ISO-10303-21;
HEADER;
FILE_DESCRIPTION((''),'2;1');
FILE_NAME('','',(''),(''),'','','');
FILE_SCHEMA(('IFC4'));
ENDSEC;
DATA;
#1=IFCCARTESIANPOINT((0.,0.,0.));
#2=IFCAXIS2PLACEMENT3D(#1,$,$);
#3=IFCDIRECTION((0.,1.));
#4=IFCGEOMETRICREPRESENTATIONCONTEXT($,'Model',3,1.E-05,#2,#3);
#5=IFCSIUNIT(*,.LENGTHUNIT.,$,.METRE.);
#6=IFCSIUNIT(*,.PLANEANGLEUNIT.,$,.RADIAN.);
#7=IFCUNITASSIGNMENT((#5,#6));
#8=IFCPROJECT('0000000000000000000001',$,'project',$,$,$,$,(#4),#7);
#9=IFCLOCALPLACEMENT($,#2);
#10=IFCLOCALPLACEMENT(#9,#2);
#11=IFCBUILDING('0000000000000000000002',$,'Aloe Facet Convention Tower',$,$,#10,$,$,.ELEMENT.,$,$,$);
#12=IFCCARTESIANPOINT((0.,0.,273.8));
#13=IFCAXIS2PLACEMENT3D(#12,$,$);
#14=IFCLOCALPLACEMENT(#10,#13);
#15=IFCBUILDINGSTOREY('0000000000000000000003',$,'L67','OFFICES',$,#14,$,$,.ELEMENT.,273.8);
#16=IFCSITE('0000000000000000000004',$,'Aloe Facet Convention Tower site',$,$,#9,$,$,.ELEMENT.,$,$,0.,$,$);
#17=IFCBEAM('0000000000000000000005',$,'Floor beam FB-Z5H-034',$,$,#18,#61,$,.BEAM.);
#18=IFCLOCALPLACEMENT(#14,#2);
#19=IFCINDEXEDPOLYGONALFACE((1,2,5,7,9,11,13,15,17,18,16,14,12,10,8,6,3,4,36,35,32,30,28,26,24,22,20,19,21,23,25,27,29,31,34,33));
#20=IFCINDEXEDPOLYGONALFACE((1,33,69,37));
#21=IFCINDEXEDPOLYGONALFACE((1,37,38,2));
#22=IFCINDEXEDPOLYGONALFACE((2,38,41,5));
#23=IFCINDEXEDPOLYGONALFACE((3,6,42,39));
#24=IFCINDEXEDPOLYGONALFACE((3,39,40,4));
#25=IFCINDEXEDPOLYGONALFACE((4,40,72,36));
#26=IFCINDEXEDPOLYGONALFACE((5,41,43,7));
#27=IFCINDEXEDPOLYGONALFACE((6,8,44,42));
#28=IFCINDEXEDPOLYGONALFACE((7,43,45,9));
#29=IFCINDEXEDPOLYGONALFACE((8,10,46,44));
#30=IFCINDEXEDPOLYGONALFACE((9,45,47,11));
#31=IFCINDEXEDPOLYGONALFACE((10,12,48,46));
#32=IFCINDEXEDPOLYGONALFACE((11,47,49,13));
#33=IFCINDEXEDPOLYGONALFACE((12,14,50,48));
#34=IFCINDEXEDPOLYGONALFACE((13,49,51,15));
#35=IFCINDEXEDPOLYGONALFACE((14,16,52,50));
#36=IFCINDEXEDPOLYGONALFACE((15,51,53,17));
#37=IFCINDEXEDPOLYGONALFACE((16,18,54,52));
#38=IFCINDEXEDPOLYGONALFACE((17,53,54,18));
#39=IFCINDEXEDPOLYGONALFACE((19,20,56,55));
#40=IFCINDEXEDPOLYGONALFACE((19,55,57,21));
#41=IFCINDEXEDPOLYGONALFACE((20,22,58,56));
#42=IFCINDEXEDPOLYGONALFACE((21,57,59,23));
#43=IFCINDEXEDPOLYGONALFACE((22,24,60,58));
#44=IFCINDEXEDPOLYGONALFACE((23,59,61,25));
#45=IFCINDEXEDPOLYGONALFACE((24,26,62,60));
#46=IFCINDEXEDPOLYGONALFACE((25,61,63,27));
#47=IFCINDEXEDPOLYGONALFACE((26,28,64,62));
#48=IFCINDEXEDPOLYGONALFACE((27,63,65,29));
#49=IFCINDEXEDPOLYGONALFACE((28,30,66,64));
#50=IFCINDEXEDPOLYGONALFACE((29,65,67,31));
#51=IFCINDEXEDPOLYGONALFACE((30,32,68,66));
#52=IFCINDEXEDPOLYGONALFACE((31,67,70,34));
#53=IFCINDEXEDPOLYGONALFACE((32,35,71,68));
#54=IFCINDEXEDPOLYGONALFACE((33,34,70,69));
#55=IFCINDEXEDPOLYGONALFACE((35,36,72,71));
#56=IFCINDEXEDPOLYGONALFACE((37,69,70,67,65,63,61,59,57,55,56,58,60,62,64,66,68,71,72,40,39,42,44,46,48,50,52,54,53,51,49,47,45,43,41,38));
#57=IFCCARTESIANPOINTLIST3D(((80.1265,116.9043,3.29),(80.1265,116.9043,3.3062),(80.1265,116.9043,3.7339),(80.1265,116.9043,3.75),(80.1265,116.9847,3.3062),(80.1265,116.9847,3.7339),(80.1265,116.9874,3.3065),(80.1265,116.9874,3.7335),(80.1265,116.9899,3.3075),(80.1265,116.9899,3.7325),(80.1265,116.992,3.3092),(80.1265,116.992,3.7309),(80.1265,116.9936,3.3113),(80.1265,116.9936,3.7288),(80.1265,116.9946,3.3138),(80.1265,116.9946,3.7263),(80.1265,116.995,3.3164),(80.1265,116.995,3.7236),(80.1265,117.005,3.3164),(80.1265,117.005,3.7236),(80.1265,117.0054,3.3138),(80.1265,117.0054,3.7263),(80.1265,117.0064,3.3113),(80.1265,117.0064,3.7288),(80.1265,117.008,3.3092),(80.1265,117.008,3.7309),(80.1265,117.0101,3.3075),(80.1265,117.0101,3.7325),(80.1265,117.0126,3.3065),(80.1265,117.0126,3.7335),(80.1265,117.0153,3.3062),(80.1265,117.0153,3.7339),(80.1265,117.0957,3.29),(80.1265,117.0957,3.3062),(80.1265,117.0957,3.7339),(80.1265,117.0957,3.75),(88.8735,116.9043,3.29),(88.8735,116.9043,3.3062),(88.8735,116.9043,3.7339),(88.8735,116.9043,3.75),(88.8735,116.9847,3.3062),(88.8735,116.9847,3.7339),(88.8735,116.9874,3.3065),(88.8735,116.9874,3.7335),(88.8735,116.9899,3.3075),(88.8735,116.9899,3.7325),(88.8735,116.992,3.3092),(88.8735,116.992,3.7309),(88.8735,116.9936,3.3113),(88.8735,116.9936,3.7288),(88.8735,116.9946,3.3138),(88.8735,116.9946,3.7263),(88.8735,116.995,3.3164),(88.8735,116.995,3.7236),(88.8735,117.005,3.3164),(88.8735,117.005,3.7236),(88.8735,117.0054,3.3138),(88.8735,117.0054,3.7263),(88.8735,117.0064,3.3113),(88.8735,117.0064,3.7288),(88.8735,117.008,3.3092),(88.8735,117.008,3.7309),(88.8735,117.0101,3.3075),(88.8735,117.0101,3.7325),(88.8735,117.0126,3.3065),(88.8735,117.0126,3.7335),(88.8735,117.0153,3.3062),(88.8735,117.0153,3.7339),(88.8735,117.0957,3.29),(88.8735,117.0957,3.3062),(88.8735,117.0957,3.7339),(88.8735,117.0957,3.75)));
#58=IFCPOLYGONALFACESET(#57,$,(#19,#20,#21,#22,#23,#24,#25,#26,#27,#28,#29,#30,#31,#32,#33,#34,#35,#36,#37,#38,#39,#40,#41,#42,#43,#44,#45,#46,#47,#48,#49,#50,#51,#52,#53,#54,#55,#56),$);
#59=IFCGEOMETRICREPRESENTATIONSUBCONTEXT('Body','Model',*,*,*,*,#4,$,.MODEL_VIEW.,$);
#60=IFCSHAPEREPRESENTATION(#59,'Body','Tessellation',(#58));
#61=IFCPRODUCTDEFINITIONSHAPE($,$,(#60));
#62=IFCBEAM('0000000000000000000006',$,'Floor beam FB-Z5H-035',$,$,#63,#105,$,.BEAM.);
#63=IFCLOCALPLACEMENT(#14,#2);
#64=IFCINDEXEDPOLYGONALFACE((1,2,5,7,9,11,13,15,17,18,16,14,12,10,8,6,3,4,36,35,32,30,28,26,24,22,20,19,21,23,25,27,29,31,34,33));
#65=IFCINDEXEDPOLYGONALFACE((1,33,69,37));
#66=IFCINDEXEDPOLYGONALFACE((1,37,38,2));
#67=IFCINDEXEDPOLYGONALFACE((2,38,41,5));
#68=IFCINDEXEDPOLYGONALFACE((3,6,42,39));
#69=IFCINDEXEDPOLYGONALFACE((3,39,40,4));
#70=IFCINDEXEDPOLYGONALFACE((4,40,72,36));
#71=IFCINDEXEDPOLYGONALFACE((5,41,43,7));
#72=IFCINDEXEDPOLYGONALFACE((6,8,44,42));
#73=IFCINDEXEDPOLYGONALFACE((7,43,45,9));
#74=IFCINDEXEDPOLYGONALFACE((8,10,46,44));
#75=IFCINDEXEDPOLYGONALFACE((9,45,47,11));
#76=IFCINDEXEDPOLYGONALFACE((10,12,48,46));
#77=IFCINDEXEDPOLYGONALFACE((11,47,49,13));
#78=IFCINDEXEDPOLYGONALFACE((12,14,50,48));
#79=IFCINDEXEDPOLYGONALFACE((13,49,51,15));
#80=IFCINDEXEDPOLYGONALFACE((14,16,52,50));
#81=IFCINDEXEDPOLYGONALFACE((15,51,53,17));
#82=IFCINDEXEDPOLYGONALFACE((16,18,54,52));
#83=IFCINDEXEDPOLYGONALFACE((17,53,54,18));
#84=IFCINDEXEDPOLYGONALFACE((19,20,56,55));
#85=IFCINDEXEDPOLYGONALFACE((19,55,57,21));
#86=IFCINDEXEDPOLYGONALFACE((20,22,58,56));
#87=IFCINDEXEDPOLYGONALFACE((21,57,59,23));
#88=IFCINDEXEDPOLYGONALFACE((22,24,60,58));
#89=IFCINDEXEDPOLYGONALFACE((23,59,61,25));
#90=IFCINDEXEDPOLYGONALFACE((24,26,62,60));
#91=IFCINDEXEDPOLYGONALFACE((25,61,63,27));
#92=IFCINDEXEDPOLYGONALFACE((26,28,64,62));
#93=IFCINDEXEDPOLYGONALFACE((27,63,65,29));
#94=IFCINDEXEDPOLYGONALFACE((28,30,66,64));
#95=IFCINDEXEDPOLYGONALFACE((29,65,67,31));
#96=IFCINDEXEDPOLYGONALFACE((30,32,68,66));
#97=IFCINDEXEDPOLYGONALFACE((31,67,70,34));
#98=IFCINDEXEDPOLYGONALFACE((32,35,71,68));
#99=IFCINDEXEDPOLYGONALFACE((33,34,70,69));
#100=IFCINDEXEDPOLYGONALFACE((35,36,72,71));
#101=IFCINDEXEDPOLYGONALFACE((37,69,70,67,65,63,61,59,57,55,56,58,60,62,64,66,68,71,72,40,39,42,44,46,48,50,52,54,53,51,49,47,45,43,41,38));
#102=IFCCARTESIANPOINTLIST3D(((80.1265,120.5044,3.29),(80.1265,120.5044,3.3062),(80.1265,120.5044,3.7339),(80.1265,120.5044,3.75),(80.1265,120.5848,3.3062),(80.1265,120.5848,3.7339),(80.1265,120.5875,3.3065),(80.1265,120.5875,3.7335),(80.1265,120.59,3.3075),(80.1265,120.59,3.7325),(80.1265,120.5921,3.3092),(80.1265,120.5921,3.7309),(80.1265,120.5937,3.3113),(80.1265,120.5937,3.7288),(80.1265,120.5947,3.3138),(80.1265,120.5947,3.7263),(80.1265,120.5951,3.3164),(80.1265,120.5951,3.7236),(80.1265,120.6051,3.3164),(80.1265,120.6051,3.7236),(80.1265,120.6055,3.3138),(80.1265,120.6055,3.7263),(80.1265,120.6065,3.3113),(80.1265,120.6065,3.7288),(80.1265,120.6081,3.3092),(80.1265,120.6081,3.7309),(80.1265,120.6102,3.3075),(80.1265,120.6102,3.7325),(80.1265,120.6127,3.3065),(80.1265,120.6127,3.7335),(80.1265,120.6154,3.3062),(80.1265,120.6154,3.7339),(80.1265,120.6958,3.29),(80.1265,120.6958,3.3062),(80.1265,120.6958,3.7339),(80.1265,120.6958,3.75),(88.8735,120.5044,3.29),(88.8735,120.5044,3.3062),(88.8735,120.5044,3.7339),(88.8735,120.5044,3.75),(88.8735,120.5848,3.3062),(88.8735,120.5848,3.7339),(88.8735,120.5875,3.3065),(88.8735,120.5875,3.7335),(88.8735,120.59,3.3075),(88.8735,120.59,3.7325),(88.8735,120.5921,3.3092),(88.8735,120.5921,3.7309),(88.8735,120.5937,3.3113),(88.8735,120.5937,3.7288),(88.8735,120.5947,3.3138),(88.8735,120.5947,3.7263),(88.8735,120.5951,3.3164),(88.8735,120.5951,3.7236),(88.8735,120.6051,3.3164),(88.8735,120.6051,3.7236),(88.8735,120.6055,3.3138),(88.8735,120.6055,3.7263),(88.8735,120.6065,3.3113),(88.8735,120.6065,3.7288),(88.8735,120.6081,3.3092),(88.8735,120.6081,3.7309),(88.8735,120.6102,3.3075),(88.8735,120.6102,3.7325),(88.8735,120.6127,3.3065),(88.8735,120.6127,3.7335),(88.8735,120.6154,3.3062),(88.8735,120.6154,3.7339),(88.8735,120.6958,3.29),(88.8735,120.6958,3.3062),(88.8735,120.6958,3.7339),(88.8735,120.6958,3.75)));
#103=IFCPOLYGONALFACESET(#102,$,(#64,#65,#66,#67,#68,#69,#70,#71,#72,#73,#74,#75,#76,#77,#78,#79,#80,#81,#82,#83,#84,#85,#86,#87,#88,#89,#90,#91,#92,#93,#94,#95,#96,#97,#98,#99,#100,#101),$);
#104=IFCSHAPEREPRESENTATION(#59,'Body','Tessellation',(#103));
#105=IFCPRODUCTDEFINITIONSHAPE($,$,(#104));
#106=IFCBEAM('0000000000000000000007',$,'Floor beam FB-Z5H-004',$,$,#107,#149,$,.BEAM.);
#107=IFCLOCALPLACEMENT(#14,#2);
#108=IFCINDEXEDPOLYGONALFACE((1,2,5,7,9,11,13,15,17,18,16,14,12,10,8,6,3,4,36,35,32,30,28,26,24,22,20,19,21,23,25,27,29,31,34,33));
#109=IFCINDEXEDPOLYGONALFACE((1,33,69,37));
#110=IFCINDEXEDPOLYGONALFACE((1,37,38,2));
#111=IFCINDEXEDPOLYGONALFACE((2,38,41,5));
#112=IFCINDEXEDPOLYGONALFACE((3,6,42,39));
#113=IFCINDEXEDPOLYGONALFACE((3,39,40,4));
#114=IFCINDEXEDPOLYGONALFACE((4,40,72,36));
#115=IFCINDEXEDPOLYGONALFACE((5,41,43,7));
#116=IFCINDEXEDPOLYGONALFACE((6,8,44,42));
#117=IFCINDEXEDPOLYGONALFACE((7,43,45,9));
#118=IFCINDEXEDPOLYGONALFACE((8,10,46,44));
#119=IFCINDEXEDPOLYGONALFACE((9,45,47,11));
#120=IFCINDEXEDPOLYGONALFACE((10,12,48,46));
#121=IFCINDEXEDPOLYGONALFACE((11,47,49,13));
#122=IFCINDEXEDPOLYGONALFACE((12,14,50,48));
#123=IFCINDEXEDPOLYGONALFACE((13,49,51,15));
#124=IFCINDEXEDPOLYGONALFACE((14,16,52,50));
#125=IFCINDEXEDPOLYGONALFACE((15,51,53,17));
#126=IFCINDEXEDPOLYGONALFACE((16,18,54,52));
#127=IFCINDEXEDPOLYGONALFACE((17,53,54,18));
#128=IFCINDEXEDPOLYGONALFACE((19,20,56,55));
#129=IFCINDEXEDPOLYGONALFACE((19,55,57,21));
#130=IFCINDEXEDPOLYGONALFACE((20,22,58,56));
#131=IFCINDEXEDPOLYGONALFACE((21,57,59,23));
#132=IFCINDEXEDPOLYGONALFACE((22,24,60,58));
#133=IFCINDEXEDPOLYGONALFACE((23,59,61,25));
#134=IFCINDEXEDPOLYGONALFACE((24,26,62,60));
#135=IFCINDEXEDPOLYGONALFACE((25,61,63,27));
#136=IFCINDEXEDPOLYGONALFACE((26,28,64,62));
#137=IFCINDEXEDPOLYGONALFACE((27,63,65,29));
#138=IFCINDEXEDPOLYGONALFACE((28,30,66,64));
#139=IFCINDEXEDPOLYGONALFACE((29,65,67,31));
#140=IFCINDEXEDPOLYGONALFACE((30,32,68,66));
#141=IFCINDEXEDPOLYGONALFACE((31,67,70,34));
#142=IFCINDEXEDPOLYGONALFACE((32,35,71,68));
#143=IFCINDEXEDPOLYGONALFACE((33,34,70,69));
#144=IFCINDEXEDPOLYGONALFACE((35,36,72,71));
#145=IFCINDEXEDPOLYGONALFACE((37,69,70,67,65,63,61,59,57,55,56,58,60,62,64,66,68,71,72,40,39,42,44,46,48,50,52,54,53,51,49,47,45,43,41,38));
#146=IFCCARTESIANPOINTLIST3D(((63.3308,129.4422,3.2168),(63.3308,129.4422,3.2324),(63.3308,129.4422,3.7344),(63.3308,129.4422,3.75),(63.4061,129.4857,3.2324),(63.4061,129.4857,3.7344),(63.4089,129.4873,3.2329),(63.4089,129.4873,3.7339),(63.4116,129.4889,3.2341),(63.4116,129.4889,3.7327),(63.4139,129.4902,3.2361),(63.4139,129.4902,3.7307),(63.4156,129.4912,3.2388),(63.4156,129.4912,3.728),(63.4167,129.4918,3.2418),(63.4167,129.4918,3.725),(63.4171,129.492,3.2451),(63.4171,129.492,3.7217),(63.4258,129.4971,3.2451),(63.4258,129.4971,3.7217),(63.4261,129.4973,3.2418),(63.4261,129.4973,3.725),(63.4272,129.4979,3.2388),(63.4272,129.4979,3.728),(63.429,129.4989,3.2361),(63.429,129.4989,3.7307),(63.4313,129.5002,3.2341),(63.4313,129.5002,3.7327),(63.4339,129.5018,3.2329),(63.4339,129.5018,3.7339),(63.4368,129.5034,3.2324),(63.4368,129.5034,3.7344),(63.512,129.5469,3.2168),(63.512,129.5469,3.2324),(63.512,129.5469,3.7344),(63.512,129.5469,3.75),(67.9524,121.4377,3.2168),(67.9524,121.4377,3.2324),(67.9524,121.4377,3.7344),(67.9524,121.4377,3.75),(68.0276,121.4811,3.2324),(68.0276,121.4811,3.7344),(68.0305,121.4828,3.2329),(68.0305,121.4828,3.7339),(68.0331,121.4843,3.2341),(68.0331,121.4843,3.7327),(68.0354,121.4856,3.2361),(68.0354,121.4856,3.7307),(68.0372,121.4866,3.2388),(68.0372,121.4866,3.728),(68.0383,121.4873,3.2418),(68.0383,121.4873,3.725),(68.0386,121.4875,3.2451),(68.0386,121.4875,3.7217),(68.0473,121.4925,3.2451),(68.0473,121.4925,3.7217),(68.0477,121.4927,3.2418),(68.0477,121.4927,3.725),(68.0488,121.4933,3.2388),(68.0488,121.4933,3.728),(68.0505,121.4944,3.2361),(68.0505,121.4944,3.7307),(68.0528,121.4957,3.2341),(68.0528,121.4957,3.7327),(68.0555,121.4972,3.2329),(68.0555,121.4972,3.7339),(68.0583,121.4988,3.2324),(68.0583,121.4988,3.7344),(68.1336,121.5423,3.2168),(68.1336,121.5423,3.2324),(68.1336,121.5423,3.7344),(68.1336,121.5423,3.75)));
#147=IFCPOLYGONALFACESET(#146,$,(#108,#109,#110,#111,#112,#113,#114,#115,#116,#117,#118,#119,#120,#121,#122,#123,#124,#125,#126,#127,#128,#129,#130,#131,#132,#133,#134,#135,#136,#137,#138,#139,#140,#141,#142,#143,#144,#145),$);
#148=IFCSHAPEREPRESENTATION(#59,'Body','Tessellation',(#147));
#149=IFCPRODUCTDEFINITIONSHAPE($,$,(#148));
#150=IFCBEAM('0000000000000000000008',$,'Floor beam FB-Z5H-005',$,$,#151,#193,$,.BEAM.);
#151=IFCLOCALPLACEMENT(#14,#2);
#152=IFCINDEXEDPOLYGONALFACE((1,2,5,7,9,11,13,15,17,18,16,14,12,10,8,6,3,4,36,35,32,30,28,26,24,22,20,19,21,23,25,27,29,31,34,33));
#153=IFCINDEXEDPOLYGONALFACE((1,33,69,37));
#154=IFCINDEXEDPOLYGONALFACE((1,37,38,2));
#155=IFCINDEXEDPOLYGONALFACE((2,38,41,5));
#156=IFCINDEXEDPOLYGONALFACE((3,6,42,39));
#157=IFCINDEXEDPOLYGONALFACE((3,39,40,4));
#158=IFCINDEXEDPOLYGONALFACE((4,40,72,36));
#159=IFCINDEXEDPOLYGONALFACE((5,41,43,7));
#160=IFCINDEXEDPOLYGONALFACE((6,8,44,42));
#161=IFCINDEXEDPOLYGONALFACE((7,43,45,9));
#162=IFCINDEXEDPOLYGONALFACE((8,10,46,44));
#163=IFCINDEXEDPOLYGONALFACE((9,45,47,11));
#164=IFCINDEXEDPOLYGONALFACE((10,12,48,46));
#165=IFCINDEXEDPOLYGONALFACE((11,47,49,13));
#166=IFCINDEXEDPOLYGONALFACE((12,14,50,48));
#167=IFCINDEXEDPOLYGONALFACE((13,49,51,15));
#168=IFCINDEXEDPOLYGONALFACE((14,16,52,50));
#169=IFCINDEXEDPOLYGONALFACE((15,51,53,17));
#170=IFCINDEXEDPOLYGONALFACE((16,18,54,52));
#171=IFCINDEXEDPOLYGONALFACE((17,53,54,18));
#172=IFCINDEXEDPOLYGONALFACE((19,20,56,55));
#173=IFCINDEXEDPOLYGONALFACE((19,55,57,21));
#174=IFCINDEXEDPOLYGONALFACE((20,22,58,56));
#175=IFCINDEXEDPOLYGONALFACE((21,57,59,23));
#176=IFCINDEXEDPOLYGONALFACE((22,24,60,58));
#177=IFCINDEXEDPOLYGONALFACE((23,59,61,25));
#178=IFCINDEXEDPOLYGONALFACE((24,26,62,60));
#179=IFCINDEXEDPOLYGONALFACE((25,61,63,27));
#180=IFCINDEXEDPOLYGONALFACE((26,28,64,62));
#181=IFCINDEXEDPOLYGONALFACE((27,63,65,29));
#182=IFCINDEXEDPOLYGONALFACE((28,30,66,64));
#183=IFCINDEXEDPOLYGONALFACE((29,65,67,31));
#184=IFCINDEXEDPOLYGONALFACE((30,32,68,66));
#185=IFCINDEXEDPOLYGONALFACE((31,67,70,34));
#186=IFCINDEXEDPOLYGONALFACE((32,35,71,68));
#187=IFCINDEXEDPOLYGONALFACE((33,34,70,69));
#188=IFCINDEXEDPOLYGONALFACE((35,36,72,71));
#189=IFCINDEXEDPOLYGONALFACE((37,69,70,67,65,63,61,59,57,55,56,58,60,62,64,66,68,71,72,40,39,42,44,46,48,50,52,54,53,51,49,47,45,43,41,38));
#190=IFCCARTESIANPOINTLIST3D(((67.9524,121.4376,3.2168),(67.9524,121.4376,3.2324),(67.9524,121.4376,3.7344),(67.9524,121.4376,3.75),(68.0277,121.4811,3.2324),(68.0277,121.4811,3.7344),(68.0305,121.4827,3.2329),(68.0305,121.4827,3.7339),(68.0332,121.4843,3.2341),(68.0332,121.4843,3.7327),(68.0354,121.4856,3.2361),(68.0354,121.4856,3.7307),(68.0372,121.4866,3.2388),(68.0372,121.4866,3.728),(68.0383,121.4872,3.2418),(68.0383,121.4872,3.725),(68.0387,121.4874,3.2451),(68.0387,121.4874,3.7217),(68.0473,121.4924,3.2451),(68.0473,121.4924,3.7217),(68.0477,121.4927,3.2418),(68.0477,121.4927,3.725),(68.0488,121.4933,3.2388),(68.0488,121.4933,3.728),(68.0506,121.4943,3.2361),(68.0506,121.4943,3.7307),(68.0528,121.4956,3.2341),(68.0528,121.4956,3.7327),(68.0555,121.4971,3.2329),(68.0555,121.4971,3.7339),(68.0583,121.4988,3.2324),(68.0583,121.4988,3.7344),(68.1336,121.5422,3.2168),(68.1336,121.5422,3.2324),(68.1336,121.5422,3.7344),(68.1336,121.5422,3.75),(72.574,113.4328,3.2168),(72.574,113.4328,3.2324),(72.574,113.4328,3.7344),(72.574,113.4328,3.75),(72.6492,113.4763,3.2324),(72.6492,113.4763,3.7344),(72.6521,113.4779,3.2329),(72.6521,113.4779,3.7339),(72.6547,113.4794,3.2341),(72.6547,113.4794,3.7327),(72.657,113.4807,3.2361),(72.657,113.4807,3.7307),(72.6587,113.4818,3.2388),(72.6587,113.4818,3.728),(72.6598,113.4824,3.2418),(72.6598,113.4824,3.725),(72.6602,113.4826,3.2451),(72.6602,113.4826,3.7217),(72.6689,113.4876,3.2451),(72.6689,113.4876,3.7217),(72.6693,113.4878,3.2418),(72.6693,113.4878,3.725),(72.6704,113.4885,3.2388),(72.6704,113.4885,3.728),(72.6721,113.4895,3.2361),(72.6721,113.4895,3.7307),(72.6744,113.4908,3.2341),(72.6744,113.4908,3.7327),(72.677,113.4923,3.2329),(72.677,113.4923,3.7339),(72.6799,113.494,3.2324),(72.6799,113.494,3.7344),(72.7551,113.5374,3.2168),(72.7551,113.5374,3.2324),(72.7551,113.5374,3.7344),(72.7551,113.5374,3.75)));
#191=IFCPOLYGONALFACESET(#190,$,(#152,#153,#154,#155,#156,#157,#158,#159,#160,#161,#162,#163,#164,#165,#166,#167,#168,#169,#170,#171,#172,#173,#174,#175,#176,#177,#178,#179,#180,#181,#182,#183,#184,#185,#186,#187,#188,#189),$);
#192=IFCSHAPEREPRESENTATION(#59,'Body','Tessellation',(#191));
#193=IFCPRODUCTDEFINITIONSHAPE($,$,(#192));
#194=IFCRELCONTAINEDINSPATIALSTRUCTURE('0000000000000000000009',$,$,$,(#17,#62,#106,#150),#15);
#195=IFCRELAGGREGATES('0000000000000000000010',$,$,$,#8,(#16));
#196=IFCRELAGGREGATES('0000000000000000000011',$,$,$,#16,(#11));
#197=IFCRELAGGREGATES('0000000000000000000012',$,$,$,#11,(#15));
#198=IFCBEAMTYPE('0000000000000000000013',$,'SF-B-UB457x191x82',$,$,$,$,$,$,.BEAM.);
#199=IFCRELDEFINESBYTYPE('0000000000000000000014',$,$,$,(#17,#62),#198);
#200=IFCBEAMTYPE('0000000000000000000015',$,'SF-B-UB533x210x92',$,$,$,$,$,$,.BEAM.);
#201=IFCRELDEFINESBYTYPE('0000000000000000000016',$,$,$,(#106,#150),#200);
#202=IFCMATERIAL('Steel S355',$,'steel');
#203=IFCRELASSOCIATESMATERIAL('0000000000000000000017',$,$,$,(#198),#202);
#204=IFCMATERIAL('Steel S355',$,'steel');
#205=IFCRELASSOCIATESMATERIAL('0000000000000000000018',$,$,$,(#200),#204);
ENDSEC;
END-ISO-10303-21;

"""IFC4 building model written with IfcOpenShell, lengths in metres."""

from ifc_helpers import new_model, si_unit, direction, frame, origin, origin_2d, place, context, subcontext, project, spatial, i_section, extrude, material, material_profile, profile_set, type_object, element, save


model = new_model("IFC4")

# Units and contexts
model_context = context("Model", 3, precision=1e-05, world=origin(), true_north=direction((0.0, 1.0)))
body_context = subcontext(model_context, "Body", "Model", "MODEL_VIEW")
ifc_project = project(units=[si_unit("LENGTHUNIT", "METRE"), si_unit("PLANEANGLEUNIT", "RADIAN")], contexts=[model_context])

# Site, building, storey
site_placement = place(None, origin())
site = spatial("IfcSite", under=ifc_project, at=site_placement, Name="Aloe Facet Convention Tower site", CompositionType="ELEMENT", RefElevation=0.0)
building_placement = place(site_placement, origin())
building = spatial("IfcBuilding", under=site, at=building_placement, Name="Aloe Facet Convention Tower", CompositionType="ELEMENT")
storey_placement = place(building_placement, frame((0.0, 0.0, 273.8)))
storey = spatial("IfcBuildingStorey", under=building, at=storey_placement, Name="L67", Description="OFFICES", CompositionType="ELEMENT", Elevation=273.8)

# Beams
ifc_material_1 = material(Name="Steel S355", Category="steel")
ifc_material_profile_1 = material_profile(ifc_material_1, i_section(OverallWidth=0.1914, OverallDepth=0.46, WebThickness=0.01, FlangeThickness=0.0161, FilletRadius=0.0103, at=origin_2d()), Name="UB 457x191x82")
ifc_profile_set_1 = profile_set([ifc_material_profile_1], Name="Steel S355")
beam_type_1 = type_object("IfcBeamType", Name="SF-B-UB457x191x82", PredefinedType="BEAM", material=ifc_profile_set_1)
for number, where, z_axis, x_axis, name in (
    (1, (80.1265, 117.0, 3.52), (1.0, 0.0, 0.0), (0.0, 1.0, 0.0), "Floor beam FB-Z5H-034"),
    (2, (80.1265, 120.6001, 3.52), (1.0, 0.0, 0.0), (0.0, 1.0, 0.0), "Floor beam FB-Z5H-035"),
):
    element("IfcBeam", number, at=place(storey_placement, frame(where, z_axis=z_axis, x_axis=x_axis)), inside=storey, type_object=beam_type_1, Name=name, PredefinedType="BEAM", context=body_context, shape_type="SweptSolid", body=[
        extrude(i_section(OverallWidth=0.1914, OverallDepth=0.46, WebThickness=0.01, FlangeThickness=0.0161, FilletRadius=0.0103, at=origin_2d()), origin(), (0.0, 0.0, 1.0), 8.7471),
    ])
ifc_material_2 = material(Name="Steel S355", Category="steel")
ifc_material_profile_2 = material_profile(ifc_material_2, i_section(OverallWidth=0.2092, OverallDepth=0.5332, WebThickness=0.01, FlangeThickness=0.0156, FilletRadius=0.0127, at=origin_2d()), Name="UB 533x210x92")
ifc_profile_set_2 = profile_set([ifc_material_profile_2], Name="Steel S355")
beam_type_2 = type_object("IfcBeamType", Name="SF-B-UB533x210x92", PredefinedType="BEAM", material=ifc_profile_set_2)
beam_1_placement = place(storey_placement, frame((68.043, 121.49, 3.4834), z_axis=(-0.500008, 0.866021, 0.0), x_axis=(-0.866021, -0.500008, 0.0)))
element("IfcBeam", 3, at=beam_1_placement, inside=storey, type_object=beam_type_2, Name="Floor beam FB-Z5H-004", PredefinedType="BEAM", context=body_context, shape_type="SweptSolid", body=[
    extrude(i_section(OverallWidth=0.2092, OverallDepth=0.5332, WebThickness=0.01, FlangeThickness=0.0156, FilletRadius=0.0127, at=origin_2d()), origin(), (0.0, 0.0, 1.0), 9.2429),
])
beam_2_placement = place(storey_placement, frame((72.6646, 113.4851, 3.4834), z_axis=(-0.499997, 0.866027, 0.0), x_axis=(-0.866027, -0.499997, 0.0)))
element("IfcBeam", 4, at=beam_2_placement, inside=storey, type_object=beam_type_2, Name="Floor beam FB-Z5H-005", PredefinedType="BEAM", context=body_context, shape_type="SweptSolid", body=[
    extrude(i_section(OverallWidth=0.2092, OverallDepth=0.5332, WebThickness=0.01, FlangeThickness=0.0156, FilletRadius=0.0127, at=origin_2d()), origin(), (0.0, 0.0, 1.0), 9.2432),
])

save(model, "model.ifc")
